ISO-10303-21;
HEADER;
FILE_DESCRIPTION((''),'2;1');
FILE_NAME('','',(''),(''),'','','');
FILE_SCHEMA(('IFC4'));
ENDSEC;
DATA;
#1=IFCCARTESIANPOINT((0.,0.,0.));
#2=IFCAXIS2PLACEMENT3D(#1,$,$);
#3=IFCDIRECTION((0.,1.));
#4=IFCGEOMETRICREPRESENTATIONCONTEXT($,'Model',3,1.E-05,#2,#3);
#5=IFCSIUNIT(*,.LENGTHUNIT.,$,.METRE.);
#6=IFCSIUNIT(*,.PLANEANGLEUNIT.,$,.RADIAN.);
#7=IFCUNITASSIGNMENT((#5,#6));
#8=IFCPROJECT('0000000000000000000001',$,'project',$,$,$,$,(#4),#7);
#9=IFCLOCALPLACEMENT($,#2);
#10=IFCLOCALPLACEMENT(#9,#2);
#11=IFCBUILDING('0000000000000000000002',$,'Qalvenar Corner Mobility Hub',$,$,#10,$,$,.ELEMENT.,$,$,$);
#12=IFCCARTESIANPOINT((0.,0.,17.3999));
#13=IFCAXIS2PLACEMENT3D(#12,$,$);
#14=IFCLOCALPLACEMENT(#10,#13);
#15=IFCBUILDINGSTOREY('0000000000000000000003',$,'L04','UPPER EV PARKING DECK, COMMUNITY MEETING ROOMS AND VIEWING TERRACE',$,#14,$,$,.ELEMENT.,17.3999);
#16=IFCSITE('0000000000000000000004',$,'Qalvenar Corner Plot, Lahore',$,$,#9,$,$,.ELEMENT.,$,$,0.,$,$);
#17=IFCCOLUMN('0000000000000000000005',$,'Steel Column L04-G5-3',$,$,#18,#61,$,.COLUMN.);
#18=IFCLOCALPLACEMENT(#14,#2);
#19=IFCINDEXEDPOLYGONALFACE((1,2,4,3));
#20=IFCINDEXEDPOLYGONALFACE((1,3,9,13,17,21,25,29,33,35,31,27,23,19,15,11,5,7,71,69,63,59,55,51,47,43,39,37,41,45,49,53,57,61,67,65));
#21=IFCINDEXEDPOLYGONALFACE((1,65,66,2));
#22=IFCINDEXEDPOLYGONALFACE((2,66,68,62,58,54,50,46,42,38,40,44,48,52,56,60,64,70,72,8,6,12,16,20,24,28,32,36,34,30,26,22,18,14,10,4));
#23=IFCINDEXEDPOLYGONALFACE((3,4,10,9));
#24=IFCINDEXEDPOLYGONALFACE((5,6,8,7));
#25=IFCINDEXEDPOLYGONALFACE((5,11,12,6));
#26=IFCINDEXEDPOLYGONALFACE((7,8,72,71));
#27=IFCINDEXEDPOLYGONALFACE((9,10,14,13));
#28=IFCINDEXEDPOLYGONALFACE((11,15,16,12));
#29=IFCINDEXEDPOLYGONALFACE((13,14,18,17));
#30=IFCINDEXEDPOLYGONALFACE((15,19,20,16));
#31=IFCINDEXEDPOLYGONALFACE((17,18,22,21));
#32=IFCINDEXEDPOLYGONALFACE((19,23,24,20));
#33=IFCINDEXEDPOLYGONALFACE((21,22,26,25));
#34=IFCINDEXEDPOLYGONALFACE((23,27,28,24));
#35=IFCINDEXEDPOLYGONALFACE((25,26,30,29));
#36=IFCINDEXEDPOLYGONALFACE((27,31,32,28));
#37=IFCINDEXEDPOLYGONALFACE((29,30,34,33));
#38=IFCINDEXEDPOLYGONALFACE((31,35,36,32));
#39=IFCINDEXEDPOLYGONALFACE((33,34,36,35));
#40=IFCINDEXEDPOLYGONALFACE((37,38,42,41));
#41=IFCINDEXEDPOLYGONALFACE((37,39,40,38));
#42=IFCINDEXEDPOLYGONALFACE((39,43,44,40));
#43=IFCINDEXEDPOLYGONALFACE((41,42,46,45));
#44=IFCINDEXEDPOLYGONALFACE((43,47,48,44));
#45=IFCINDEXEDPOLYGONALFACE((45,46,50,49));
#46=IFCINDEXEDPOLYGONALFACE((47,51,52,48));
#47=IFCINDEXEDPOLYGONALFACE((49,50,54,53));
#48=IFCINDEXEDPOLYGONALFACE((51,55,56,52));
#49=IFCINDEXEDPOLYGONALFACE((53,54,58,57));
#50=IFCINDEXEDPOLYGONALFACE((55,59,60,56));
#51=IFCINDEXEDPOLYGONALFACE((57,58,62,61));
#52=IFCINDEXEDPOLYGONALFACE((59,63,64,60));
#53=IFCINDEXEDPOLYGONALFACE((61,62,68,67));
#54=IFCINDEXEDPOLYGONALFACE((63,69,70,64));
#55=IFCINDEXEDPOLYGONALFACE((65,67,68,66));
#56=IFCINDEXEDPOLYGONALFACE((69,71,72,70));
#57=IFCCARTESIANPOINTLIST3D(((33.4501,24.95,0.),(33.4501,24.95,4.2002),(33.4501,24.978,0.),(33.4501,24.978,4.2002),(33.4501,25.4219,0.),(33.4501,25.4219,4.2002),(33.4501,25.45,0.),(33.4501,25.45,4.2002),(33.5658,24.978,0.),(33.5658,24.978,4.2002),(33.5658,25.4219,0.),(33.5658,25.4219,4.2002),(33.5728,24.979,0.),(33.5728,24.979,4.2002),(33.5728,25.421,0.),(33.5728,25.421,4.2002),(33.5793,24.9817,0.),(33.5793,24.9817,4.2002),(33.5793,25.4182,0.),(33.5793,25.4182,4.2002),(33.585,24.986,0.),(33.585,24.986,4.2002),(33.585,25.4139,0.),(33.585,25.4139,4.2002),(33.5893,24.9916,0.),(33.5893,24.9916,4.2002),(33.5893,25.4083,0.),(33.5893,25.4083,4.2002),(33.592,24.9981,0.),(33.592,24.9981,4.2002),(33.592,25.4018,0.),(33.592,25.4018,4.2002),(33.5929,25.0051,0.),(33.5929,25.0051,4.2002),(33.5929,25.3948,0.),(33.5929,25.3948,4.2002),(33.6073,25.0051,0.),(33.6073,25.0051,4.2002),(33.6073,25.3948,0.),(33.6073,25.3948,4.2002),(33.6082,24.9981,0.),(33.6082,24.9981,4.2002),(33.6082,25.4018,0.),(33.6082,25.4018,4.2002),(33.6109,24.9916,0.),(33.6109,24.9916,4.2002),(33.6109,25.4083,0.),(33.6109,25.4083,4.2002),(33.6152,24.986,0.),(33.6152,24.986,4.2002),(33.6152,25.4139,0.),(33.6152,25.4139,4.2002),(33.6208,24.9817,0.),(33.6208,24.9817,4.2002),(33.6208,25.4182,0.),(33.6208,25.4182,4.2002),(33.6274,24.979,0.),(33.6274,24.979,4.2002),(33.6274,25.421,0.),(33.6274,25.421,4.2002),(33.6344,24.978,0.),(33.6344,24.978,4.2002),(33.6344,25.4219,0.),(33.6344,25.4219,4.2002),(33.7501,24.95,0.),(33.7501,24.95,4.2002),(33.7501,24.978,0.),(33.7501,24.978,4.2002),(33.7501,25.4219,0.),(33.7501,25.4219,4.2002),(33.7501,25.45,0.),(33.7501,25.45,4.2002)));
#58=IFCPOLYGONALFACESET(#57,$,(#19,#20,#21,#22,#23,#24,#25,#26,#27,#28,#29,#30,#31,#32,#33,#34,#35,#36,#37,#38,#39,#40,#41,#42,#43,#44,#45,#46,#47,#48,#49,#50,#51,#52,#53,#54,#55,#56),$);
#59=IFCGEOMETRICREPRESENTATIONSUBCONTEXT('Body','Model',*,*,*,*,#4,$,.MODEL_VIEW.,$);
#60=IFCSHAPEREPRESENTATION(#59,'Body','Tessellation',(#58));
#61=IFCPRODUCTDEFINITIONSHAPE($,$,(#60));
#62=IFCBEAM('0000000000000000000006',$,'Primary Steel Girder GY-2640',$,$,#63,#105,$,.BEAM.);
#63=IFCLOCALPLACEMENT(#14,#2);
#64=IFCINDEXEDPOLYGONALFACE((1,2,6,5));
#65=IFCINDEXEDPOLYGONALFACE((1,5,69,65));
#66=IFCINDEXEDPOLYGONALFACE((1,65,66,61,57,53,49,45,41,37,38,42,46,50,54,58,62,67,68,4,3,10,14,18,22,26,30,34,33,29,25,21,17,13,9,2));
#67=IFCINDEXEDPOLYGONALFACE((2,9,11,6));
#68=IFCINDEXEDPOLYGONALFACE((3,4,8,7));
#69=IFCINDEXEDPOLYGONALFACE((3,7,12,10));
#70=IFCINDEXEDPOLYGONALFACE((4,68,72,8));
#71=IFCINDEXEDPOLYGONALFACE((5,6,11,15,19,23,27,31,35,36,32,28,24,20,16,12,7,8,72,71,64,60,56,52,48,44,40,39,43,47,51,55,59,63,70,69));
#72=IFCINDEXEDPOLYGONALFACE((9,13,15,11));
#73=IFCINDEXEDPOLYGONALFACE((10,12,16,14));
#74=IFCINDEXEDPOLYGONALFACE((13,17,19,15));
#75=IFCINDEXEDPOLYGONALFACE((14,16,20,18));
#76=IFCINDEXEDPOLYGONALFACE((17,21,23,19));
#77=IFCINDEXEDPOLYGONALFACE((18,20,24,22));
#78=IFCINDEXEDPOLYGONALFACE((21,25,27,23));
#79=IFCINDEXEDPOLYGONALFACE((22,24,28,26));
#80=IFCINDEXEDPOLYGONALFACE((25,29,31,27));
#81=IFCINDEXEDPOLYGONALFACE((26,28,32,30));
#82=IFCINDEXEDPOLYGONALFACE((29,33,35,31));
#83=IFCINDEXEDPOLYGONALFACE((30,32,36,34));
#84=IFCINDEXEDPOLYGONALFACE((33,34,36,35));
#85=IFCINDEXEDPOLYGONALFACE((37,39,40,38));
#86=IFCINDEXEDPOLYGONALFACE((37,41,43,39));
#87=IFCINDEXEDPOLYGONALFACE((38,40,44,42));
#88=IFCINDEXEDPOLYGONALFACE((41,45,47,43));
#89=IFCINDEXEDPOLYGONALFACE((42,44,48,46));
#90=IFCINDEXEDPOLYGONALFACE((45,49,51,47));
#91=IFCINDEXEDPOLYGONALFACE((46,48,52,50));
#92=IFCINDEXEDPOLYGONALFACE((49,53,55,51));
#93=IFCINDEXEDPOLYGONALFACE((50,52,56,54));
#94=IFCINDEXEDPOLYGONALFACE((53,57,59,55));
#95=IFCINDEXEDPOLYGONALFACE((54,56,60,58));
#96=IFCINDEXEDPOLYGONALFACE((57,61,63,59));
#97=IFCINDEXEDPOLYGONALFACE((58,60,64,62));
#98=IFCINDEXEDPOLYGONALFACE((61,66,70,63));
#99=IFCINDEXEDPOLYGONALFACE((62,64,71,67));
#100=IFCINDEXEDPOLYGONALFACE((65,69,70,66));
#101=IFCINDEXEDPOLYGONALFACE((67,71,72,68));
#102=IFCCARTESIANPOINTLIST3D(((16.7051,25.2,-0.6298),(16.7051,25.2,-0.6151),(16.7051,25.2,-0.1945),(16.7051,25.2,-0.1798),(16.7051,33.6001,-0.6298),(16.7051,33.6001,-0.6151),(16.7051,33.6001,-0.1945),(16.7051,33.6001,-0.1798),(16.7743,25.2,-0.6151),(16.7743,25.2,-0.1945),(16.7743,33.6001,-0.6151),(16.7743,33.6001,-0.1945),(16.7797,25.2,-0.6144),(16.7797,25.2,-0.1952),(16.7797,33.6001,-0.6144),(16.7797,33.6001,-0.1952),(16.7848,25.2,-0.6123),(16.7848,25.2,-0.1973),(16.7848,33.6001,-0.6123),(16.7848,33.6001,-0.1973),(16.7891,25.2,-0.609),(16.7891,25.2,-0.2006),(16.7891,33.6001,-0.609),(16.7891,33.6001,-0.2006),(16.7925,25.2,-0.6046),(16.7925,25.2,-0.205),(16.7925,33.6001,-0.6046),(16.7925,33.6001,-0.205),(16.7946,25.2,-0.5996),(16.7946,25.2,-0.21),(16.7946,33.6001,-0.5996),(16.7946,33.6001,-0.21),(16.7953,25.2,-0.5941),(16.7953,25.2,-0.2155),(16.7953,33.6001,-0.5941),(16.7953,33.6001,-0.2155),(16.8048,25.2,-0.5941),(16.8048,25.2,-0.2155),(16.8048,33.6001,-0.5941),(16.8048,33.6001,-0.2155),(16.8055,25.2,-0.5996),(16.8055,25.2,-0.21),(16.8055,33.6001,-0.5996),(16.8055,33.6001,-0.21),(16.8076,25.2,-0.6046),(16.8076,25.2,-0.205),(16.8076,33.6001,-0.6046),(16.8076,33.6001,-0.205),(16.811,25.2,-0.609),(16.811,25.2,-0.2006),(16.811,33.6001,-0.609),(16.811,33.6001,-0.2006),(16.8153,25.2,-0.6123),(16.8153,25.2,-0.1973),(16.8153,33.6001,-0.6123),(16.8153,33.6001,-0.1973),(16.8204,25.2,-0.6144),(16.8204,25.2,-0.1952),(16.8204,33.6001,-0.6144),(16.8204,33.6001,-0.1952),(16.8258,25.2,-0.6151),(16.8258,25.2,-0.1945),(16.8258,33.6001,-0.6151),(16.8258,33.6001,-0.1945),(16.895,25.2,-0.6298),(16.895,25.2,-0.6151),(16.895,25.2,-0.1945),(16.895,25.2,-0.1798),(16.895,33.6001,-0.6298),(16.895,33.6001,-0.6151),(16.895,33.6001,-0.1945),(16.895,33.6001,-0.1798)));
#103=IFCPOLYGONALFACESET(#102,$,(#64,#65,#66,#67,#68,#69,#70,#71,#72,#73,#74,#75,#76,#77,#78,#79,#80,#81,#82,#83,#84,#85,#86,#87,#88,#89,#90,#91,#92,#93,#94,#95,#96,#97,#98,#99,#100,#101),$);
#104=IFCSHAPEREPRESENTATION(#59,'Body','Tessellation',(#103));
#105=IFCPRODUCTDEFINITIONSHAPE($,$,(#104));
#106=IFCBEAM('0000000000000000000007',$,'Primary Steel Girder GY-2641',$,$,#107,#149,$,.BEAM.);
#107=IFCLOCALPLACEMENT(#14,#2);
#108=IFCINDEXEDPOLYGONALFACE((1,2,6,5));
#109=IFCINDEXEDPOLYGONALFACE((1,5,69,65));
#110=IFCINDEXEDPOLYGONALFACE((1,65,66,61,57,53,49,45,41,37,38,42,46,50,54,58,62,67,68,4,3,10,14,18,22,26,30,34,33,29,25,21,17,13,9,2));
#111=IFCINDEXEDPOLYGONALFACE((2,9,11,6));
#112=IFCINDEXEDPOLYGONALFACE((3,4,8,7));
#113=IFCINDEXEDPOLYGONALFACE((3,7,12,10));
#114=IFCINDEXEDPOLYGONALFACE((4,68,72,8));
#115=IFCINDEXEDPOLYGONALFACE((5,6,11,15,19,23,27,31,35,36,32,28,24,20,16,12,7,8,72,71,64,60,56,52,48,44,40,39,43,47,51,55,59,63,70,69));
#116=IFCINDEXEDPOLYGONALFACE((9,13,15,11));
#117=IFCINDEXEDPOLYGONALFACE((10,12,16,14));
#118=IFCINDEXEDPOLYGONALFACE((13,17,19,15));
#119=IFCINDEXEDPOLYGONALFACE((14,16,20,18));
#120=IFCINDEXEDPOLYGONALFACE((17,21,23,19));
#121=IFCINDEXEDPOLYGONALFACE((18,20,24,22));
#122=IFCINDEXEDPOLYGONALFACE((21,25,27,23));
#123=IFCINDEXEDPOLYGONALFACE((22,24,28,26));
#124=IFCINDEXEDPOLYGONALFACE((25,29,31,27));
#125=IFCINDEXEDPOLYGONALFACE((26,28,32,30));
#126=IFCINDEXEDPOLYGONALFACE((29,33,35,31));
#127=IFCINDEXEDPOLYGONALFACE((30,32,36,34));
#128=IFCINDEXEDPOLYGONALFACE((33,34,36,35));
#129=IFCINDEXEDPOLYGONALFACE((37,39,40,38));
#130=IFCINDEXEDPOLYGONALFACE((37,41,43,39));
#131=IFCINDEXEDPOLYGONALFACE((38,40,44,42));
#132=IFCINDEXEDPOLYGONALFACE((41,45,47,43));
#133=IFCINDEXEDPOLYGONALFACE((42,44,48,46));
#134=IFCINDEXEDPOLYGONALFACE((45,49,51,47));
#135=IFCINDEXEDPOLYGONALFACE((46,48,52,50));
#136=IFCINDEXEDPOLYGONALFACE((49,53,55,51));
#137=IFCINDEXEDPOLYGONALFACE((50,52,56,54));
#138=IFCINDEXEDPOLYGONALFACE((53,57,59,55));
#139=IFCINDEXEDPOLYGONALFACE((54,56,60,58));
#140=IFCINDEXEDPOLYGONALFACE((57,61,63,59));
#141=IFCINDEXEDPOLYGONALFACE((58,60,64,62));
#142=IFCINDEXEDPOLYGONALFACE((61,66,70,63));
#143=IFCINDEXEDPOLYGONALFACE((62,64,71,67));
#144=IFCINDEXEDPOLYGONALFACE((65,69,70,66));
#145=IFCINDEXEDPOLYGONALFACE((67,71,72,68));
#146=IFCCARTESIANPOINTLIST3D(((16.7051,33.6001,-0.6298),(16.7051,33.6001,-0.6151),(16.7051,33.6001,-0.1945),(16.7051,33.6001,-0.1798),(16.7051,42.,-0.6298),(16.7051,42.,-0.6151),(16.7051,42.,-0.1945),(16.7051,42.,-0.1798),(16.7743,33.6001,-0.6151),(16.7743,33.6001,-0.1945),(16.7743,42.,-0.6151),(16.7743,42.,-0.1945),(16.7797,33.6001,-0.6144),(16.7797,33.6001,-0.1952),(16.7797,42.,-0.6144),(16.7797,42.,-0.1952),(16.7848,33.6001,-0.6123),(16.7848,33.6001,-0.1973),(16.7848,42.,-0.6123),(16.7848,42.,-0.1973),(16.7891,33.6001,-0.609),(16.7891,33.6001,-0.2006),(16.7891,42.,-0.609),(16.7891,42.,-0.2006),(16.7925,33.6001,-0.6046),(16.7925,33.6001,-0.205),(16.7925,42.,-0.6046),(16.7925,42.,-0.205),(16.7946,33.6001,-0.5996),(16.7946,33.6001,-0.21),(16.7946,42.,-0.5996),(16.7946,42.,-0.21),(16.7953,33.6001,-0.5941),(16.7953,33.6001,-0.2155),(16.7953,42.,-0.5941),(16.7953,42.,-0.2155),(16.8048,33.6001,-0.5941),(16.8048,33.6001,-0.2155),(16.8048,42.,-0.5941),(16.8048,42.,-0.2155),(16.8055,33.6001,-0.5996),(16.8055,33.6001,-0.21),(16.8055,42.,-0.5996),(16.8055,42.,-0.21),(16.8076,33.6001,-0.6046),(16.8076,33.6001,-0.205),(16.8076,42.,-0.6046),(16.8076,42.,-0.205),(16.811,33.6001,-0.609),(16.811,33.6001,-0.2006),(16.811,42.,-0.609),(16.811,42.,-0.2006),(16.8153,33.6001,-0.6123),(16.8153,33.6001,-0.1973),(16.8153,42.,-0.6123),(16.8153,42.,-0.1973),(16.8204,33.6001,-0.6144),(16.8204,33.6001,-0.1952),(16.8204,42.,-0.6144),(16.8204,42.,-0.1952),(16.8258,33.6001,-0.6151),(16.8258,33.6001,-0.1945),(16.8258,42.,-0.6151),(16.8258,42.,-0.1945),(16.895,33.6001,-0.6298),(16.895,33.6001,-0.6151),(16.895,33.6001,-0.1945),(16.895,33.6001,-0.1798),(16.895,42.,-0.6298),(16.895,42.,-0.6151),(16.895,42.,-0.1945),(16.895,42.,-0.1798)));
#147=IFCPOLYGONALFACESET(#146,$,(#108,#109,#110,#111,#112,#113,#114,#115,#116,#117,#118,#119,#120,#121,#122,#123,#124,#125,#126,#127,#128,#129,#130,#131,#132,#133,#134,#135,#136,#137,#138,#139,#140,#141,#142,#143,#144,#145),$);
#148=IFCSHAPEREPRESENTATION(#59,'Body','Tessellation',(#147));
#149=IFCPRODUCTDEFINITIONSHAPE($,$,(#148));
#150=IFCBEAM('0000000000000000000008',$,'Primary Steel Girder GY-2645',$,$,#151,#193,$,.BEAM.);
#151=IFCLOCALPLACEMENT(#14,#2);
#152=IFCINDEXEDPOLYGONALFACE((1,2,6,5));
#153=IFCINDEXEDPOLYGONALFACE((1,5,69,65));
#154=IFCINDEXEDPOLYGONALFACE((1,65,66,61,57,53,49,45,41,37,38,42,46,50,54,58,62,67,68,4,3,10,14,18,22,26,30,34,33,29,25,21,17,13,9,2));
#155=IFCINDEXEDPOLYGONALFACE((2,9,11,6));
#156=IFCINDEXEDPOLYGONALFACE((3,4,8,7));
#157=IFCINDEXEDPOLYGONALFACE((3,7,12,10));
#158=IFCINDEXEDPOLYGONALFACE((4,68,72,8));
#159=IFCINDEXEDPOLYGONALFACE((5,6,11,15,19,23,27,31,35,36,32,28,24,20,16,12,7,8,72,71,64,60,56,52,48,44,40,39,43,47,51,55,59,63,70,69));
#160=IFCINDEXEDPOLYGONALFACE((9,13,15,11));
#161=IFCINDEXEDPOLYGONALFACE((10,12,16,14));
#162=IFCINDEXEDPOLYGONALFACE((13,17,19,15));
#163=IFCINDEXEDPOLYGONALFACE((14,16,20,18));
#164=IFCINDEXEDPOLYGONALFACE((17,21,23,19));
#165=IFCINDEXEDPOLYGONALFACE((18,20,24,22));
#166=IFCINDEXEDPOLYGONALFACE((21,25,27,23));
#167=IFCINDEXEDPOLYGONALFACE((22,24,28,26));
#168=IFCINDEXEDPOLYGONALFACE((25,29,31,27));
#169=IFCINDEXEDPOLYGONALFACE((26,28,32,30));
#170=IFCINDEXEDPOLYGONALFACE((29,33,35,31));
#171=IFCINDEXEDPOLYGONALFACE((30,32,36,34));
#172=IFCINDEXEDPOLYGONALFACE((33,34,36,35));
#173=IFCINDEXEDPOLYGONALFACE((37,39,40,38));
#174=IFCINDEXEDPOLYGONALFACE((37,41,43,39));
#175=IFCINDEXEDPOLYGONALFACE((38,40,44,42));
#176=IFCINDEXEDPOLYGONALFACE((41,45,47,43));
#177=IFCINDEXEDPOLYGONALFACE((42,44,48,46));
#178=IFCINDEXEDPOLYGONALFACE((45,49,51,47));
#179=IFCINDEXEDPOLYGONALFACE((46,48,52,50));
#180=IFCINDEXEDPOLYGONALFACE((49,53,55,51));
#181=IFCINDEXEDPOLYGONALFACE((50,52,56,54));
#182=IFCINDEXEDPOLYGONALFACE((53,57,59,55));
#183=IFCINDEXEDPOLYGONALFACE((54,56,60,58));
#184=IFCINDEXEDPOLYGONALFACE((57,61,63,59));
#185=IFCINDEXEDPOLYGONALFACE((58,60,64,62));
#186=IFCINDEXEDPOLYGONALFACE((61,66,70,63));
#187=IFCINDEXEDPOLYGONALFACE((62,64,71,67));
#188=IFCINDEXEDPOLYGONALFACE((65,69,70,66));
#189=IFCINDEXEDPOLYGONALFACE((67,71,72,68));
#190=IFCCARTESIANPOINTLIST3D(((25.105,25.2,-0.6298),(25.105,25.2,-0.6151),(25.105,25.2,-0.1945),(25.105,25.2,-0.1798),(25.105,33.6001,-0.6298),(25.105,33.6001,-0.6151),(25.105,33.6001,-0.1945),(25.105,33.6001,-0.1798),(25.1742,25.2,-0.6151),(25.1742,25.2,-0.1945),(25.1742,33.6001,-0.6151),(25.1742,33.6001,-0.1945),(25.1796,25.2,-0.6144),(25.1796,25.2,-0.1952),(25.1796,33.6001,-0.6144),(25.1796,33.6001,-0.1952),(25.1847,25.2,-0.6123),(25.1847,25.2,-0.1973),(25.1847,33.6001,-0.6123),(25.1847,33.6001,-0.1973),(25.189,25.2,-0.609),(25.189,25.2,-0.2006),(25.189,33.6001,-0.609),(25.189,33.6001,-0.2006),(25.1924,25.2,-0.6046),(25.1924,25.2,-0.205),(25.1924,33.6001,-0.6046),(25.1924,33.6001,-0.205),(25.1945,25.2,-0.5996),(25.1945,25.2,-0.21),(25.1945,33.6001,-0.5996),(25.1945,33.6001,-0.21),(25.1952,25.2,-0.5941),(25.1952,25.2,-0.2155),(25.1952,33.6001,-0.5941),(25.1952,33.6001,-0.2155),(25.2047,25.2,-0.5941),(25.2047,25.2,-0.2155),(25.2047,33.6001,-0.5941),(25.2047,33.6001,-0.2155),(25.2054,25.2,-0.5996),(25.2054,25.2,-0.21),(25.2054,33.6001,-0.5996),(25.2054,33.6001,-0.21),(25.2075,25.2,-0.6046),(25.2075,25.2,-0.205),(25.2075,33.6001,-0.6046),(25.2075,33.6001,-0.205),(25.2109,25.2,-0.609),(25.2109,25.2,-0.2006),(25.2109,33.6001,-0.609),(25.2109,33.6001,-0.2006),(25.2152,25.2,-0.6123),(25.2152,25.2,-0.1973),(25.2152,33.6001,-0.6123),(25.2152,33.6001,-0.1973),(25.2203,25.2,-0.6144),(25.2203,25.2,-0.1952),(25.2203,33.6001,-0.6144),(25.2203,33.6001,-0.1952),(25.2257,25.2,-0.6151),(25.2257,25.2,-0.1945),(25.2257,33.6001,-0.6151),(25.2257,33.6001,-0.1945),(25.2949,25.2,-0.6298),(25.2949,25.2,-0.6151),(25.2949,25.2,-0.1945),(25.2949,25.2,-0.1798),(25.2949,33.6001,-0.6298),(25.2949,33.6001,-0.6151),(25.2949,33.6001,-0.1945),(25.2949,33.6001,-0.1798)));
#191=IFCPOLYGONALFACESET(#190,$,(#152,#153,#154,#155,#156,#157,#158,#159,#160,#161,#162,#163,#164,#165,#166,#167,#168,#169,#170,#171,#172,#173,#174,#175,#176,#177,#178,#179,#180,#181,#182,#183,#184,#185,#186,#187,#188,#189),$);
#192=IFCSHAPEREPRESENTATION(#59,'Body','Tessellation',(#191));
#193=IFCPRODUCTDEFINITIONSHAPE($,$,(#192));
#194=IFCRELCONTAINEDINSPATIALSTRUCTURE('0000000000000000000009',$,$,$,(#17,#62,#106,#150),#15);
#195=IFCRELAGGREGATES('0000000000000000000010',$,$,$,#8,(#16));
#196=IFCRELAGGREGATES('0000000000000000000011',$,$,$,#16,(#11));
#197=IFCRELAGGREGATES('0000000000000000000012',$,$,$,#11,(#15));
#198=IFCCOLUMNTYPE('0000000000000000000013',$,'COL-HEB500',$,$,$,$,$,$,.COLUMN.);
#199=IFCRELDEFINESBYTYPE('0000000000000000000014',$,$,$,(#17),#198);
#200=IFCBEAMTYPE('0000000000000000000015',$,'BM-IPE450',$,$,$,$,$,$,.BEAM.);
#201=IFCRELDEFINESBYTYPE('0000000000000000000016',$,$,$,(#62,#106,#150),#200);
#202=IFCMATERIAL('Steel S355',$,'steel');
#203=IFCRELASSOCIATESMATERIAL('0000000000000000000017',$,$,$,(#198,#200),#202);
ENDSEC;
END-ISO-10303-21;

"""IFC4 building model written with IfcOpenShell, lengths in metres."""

from ifc_helpers import new_model, si_unit, direction, frame, origin, origin_2d, place, context, subcontext, project, spatial, i_section, extrude, material, material_profile, profile_set, type_object, element, save


model = new_model("IFC4")

# Units and contexts
model_context = context("Model", 3, precision=1e-05, world=origin(), true_north=direction((0.0, 1.0)))
body_context = subcontext(model_context, "Body", "Model", "MODEL_VIEW")
ifc_project = project(units=[si_unit("LENGTHUNIT", "METRE"), si_unit("PLANEANGLEUNIT", "RADIAN")], contexts=[model_context])

# Site, building, storey
site_placement = place(None, origin())
site = spatial("IfcSite", under=ifc_project, at=site_placement, Name="Qalvenar Corner Plot, Lahore", CompositionType="ELEMENT", RefElevation=0.0)
building_placement = place(site_placement, origin())
building = spatial("IfcBuilding", under=site, at=building_placement, Name="Qalvenar Corner Mobility Hub", CompositionType="ELEMENT")
storey_placement = place(building_placement, frame((0.0, 0.0, 17.3999)))
storey = spatial("IfcBuildingStorey", under=building, at=storey_placement, Name="L04", Description="UPPER EV PARKING DECK, COMMUNITY MEETING ROOMS AND VIEWING TERRACE", CompositionType="ELEMENT", Elevation=17.3999)

# Column
ifc_material_1 = material(Name="Steel S355", Category="steel")
ifc_material_profile_1 = material_profile(ifc_material_1, i_section(OverallWidth=0.3, OverallDepth=0.5, WebThickness=0.0144, FlangeThickness=0.0281, FilletRadius=0.0271, at=origin_2d()), Name="HEB500")
ifc_profile_set_1 = profile_set([ifc_material_profile_1], Name="Steel S355")
column_type_1 = type_object("IfcColumnType", Name="COL-HEB500", PredefinedType="COLUMN", material=ifc_profile_set_1)
for number, where, z_axis, x_axis, name in (
    (1, (33.6001, 25.2, 0.0), (0.0, 0.0, 1.0), (1.0, 0.0, 0.0), "Steel Column L04-G5-3"),
):
    element("IfcColumn", number, at=place(storey_placement, frame(where, z_axis=z_axis, x_axis=x_axis)), inside=storey, type_object=column_type_1, Name=name, PredefinedType="COLUMN", context=body_context, shape_type="SweptSolid", body=[
        extrude(i_section(OverallWidth=0.3, OverallDepth=0.5, WebThickness=0.0144, FlangeThickness=0.0281, FilletRadius=0.0271, at=origin_2d()), origin(), (0.0, 0.0, 1.0), 4.2002),
    ])

# Beams
ifc_material_profile_2 = material_profile(ifc_material_1, i_section(OverallWidth=0.1899, OverallDepth=0.45, WebThickness=0.0095, FlangeThickness=0.0146, FilletRadius=0.021, at=origin_2d()), Name="IPE450")
ifc_profile_set_2 = profile_set([ifc_material_profile_2], Name="Steel S355")
beam_type_1 = type_object("IfcBeamType", Name="BM-IPE450", PredefinedType="BEAM", material=ifc_profile_set_2)
beam_1_placement = place(storey_placement, frame((16.8, 25.2, -0.4048), z_axis=(0.0, 1.0, 0.0), x_axis=(-1.0, 0.0, 0.0)))
element("IfcBeam", 2, at=beam_1_placement, inside=storey, type_object=beam_type_1, Name="Primary Steel Girder GY-2640", PredefinedType="BEAM", context=body_context, shape_type="SweptSolid", body=[
    extrude(i_section(OverallWidth=0.1899, OverallDepth=0.45, WebThickness=0.0095, FlangeThickness=0.0146, FilletRadius=0.021, at=origin_2d()), origin(), (0.0, 0.0, 1.0), 8.4001),
])
beam_2_placement = place(storey_placement, frame((16.8, 33.6001, -0.4048), z_axis=(0.0, 1.0, 0.0), x_axis=(-1.0, 0.0, 0.0)))
element("IfcBeam", 3, at=beam_2_placement, inside=storey, type_object=beam_type_1, Name="Primary Steel Girder GY-2641", PredefinedType="BEAM", context=body_context, shape_type="SweptSolid", body=[
    extrude(i_section(OverallWidth=0.1899, OverallDepth=0.45, WebThickness=0.0095, FlangeThickness=0.0146, FilletRadius=0.021, at=origin_2d()), origin(), (0.0, 0.0, 1.0), 8.3999),
])
beam_3_placement = place(storey_placement, frame((25.2, 25.2, -0.4048), z_axis=(0.0, 1.0, 0.0), x_axis=(-1.0, 0.0, 0.0)))
element("IfcBeam", 4, at=beam_3_placement, inside=storey, type_object=beam_type_1, Name="Primary Steel Girder GY-2645", PredefinedType="BEAM", context=body_context, shape_type="SweptSolid", body=[
    extrude(i_section(OverallWidth=0.1899, OverallDepth=0.45, WebThickness=0.0095, FlangeThickness=0.0146, FilletRadius=0.021, at=origin_2d()), origin(), (0.0, 0.0, 1.0), 8.4001),
])

save(model, "model.ifc")
